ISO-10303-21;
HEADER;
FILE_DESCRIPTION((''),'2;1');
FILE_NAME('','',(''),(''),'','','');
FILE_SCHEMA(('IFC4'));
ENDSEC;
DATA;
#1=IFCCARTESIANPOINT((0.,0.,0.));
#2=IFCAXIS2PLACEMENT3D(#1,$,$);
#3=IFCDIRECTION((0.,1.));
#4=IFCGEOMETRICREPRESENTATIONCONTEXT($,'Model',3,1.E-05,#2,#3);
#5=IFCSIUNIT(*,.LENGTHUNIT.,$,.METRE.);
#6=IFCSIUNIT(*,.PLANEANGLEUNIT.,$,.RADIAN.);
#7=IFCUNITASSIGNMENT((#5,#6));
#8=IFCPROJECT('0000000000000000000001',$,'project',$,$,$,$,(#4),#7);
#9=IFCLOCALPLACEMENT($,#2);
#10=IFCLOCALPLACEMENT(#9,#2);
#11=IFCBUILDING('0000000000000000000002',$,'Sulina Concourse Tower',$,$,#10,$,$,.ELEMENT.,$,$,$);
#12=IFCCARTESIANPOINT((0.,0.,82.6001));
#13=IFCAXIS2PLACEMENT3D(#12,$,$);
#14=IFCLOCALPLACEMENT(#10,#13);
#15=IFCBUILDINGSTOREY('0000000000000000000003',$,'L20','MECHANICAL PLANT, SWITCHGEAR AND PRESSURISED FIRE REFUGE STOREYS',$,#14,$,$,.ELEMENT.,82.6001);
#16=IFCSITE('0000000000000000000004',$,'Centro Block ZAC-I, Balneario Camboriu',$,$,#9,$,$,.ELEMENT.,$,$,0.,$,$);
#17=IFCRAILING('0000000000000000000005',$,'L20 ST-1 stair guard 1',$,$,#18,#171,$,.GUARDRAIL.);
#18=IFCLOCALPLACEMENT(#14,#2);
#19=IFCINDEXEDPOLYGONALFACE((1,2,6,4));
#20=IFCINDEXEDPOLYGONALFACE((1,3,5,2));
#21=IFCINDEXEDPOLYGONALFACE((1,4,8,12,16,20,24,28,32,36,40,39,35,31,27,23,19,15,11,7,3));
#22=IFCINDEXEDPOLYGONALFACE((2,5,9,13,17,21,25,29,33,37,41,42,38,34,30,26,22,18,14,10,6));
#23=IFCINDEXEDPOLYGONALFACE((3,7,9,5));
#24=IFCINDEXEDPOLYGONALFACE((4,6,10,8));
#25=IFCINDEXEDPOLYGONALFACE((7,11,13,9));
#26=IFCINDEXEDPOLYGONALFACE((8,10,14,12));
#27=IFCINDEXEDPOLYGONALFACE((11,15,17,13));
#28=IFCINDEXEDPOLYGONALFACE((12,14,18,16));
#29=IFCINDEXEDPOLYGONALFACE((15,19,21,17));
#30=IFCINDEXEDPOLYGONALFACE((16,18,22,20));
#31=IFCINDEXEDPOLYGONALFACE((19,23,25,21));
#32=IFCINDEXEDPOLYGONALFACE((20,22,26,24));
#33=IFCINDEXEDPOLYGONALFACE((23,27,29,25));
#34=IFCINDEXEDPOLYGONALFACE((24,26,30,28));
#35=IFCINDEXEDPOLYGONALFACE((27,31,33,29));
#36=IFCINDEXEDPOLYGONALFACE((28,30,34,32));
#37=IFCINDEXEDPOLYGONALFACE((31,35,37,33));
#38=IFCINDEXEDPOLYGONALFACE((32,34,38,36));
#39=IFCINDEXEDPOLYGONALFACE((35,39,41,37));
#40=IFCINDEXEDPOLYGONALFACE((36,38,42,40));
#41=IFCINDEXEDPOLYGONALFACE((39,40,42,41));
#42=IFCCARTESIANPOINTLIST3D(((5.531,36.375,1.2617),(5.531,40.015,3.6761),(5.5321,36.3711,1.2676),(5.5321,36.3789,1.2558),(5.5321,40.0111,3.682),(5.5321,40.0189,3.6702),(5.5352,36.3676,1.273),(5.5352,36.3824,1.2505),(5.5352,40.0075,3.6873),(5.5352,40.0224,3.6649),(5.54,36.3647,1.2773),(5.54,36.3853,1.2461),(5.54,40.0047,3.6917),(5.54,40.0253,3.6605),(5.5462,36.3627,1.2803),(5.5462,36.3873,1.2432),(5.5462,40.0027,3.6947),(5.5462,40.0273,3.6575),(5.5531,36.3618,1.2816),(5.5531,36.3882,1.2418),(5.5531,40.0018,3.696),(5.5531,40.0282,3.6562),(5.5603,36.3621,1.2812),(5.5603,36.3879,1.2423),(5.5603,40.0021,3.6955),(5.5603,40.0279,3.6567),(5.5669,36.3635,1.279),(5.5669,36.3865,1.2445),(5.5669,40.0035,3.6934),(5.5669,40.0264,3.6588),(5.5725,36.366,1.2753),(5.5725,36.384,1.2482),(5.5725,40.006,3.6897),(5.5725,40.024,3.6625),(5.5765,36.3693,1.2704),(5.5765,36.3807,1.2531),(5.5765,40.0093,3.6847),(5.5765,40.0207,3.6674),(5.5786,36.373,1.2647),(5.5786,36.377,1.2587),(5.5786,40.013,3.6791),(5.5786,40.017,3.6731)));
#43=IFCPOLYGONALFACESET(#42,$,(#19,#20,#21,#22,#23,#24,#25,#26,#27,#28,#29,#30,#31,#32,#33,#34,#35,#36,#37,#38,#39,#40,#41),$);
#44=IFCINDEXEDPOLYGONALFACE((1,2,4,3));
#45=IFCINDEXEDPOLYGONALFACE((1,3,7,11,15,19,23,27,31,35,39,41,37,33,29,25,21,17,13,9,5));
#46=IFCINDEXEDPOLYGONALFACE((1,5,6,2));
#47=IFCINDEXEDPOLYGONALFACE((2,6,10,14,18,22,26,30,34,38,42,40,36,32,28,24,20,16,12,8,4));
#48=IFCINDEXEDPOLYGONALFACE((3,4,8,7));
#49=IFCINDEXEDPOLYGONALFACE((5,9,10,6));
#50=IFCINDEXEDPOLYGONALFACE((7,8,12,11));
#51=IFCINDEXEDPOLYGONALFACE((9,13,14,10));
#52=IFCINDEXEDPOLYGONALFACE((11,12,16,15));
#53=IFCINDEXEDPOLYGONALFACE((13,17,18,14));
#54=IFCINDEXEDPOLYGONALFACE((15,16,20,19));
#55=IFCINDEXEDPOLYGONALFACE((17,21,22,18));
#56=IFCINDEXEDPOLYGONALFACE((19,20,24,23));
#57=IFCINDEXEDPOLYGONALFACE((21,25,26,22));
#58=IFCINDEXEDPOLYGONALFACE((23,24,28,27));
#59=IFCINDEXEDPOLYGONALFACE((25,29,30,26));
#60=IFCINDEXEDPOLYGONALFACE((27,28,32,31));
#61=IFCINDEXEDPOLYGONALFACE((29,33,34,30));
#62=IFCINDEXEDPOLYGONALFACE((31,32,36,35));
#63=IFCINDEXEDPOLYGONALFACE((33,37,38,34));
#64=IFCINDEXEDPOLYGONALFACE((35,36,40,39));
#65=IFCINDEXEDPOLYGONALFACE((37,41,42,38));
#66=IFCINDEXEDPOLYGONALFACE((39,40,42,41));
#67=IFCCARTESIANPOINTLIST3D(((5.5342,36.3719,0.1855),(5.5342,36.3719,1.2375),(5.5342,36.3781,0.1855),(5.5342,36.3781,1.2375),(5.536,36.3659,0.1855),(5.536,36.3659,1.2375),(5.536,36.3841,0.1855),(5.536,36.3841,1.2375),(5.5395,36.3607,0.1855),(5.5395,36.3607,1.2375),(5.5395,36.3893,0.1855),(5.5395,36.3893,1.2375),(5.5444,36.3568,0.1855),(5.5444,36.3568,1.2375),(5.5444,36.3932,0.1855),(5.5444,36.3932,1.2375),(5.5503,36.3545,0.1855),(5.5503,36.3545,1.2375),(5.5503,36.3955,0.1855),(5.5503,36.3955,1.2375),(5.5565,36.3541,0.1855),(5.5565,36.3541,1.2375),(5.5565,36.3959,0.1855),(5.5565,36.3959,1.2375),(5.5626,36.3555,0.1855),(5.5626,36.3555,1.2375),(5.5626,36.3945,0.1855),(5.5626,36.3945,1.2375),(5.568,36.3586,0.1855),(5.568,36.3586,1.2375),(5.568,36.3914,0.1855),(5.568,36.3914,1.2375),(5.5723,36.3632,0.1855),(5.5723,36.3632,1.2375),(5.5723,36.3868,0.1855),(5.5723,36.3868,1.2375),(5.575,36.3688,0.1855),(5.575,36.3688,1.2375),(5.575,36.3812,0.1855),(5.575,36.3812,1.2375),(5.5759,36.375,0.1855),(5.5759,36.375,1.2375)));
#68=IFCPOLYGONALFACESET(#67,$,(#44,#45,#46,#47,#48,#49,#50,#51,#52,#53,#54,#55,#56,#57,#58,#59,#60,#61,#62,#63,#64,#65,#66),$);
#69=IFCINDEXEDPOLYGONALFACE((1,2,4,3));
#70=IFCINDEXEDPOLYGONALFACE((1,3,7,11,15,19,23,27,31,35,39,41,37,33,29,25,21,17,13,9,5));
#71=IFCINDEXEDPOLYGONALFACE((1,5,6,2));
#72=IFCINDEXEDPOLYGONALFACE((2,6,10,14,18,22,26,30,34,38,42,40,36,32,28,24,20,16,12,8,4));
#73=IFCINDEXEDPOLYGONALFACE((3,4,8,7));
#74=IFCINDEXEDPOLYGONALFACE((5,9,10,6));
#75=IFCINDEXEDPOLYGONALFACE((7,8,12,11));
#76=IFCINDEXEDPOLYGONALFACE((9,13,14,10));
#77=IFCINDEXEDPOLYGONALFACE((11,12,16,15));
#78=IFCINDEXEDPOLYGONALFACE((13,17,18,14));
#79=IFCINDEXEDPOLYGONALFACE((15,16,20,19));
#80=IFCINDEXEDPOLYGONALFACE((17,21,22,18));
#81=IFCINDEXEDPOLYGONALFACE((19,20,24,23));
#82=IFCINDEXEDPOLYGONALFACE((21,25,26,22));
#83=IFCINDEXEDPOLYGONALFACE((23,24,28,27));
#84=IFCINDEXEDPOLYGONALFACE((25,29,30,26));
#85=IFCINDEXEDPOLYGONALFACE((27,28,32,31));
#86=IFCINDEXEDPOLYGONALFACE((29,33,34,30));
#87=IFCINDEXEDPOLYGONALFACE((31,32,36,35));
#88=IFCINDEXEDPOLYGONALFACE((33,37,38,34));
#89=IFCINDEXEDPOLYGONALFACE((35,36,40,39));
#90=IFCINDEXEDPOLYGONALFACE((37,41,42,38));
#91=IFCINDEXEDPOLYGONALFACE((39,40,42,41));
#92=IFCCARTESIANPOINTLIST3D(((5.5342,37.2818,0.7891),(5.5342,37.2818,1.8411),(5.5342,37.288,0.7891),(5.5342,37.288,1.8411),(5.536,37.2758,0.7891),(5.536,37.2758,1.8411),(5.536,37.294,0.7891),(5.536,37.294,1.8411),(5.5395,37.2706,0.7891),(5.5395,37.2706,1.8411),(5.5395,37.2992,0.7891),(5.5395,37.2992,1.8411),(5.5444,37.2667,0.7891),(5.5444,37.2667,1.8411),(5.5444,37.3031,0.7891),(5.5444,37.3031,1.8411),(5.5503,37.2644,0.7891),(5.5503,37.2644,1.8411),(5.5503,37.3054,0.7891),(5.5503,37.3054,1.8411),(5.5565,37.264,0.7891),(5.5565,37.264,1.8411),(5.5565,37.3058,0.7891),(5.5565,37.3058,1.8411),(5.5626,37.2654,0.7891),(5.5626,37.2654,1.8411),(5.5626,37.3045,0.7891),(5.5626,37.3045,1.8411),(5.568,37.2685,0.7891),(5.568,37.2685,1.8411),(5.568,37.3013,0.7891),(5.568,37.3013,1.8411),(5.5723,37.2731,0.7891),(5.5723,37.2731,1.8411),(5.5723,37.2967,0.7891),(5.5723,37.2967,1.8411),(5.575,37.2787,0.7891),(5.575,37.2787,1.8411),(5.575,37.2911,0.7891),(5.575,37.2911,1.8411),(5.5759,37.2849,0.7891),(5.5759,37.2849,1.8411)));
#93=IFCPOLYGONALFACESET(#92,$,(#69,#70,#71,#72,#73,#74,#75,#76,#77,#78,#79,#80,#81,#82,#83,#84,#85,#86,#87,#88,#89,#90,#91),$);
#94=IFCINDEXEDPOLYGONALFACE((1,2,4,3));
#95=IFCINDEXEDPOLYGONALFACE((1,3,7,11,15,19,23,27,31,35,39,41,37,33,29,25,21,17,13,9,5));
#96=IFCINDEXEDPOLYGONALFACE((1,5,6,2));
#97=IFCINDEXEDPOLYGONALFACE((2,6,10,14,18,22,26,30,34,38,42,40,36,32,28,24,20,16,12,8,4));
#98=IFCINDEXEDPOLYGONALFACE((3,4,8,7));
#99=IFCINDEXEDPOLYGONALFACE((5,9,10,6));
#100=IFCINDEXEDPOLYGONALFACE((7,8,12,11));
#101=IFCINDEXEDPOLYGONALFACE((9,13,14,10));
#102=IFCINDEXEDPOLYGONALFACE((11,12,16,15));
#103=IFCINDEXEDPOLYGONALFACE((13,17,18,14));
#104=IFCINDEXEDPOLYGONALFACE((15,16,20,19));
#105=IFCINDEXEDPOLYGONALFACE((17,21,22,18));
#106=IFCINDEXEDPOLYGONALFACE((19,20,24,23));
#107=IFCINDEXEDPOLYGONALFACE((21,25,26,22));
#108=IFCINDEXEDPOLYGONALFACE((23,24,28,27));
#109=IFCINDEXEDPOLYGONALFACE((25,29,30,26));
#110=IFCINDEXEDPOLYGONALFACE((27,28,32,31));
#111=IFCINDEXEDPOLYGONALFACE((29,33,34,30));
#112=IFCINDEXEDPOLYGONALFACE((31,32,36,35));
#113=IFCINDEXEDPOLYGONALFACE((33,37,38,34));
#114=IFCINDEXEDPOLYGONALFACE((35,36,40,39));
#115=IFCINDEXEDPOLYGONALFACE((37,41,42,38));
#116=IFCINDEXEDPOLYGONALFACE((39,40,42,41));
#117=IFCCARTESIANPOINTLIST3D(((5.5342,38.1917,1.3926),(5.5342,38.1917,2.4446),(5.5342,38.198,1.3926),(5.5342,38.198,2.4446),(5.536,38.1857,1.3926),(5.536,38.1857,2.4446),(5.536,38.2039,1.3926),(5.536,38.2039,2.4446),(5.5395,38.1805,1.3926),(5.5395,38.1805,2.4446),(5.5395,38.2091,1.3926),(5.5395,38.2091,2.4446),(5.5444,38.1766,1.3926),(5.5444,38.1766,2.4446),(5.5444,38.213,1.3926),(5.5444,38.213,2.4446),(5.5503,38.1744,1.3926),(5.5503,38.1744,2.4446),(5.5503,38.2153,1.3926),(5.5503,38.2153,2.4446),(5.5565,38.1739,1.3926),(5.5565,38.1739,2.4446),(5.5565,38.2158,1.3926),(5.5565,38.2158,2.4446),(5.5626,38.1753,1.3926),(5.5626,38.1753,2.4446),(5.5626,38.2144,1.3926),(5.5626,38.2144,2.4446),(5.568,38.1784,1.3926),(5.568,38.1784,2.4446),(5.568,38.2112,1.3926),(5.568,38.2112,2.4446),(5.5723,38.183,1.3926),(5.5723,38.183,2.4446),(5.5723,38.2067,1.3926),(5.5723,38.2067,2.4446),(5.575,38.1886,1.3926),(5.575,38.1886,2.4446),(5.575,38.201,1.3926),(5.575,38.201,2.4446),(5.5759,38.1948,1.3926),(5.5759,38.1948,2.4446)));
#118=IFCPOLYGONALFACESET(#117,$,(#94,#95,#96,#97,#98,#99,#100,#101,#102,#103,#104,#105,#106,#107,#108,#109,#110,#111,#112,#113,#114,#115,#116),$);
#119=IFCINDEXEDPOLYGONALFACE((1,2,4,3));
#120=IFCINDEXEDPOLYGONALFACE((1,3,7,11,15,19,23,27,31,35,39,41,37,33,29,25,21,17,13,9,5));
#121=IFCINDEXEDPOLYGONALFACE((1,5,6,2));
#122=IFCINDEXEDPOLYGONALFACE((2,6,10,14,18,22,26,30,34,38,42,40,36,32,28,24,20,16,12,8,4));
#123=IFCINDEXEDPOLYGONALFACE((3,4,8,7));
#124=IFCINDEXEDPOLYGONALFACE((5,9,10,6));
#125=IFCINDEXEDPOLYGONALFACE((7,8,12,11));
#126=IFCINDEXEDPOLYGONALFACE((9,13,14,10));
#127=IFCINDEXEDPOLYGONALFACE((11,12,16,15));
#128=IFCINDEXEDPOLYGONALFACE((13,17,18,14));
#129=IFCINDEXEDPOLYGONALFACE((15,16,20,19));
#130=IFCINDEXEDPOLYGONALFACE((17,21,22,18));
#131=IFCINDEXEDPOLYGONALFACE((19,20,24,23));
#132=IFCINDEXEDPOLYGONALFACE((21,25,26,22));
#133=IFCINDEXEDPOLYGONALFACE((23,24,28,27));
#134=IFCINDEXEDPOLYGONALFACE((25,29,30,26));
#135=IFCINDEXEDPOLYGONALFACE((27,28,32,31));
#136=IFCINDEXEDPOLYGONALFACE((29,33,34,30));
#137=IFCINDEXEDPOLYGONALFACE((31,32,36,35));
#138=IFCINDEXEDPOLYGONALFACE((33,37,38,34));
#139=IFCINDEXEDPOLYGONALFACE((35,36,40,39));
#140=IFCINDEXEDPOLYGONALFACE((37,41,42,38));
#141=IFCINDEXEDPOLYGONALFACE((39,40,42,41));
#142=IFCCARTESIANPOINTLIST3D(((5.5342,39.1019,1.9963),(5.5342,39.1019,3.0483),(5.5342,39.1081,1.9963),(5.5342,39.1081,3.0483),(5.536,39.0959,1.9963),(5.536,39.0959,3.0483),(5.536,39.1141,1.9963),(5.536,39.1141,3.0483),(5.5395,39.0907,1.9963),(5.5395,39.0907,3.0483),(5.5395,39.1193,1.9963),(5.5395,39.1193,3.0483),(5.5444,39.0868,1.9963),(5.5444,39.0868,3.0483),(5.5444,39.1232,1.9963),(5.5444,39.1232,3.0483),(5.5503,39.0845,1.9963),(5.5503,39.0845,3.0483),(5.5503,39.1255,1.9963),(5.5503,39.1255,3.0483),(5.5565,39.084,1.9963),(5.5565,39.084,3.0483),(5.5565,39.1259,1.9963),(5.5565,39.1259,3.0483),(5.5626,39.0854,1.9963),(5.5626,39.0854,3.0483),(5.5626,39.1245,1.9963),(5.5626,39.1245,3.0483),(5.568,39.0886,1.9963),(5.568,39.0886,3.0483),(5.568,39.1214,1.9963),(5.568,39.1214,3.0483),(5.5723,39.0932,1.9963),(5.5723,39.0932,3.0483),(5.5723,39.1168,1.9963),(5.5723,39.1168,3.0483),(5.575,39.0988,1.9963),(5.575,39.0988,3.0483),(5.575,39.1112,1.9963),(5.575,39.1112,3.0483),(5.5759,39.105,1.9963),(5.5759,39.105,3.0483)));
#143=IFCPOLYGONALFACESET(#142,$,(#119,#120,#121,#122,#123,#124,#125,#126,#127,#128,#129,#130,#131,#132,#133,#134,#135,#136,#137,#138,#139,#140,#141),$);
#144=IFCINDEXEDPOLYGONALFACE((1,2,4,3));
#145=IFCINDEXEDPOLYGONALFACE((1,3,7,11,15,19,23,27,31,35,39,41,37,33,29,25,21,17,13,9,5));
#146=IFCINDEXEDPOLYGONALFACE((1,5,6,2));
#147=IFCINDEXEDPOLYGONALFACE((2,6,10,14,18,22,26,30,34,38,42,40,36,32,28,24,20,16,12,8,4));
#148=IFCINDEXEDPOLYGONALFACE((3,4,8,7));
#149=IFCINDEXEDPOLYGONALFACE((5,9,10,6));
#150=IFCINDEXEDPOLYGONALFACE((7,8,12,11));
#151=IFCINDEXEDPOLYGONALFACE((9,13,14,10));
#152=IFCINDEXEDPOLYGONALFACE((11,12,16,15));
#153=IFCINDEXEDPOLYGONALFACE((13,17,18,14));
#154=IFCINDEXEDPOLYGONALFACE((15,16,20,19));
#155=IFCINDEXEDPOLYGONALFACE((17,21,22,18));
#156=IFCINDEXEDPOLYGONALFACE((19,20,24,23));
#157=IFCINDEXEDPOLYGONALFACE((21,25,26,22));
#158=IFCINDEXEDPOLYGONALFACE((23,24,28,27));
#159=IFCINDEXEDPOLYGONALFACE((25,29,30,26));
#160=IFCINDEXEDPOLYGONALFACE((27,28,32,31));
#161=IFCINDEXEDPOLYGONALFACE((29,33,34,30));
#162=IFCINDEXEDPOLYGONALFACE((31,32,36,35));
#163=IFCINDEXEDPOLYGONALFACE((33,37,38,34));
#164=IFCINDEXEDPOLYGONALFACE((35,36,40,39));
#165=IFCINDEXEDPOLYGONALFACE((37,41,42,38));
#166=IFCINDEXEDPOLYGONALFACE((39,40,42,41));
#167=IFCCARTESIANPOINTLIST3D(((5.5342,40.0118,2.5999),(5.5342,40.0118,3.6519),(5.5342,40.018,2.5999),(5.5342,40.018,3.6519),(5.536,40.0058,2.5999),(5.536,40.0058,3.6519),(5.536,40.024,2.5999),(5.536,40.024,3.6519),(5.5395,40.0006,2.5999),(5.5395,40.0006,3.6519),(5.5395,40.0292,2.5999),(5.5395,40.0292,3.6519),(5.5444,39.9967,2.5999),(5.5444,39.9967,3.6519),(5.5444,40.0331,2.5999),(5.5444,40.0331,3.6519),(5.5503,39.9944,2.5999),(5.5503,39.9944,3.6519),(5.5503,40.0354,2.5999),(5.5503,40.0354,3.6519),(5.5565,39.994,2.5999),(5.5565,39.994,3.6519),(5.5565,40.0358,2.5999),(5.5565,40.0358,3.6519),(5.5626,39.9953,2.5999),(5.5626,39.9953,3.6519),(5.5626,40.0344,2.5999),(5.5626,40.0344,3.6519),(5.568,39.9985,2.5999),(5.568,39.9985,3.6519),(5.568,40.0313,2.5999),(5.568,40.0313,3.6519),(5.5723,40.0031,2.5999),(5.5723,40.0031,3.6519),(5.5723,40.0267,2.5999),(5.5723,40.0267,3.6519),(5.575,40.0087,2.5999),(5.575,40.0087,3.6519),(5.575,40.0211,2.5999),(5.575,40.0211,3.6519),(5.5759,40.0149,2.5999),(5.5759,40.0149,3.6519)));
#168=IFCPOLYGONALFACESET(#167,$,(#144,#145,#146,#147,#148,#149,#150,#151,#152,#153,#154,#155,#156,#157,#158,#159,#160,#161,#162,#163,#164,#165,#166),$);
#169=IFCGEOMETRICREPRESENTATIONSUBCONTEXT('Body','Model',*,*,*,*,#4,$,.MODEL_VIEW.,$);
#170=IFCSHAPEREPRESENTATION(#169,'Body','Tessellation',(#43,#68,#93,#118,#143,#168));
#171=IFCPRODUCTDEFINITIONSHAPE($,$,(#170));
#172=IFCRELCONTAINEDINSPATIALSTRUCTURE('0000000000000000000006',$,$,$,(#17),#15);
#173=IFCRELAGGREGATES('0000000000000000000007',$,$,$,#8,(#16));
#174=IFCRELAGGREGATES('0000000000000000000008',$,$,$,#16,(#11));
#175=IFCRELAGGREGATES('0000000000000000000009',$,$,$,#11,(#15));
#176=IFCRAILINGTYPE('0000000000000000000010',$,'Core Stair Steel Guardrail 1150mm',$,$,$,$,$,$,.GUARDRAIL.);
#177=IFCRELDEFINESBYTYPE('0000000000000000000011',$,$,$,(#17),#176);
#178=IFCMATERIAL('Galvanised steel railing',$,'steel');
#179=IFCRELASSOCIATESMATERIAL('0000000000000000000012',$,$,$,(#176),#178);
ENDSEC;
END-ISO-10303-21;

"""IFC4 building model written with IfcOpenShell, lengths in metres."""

from ifc_helpers import new_model, si_unit, direction, frame, origin, origin_2d, place, context, subcontext, project, spatial, circle, extrude, material, type_object, element, save


model = new_model("IFC4")

# Units and contexts
model_context = context("Model", 3, precision=1e-05, world=origin(), true_north=direction((0.0, 1.0)))
body_context = subcontext(model_context, "Body", "Model", "MODEL_VIEW")
ifc_project = project(units=[si_unit("LENGTHUNIT", "METRE"), si_unit("PLANEANGLEUNIT", "RADIAN")], contexts=[model_context])

# Site, building, storey
site_placement = place(None, origin())
site = spatial("IfcSite", under=ifc_project, at=site_placement, Name="Centro Block ZAC-I, Balneario Camboriu", CompositionType="ELEMENT", RefElevation=0.0)
building_placement = place(site_placement, origin())
building = spatial("IfcBuilding", under=site, at=building_placement, Name="Sulina Concourse Tower", CompositionType="ELEMENT")
storey_placement = place(building_placement, frame((0.0, 0.0, 82.6001)))
storey = spatial("IfcBuildingStorey", under=building, at=storey_placement, Name="L20", Description="MECHANICAL PLANT, SWITCHGEAR AND PRESSURISED FIRE REFUGE STOREYS", CompositionType="ELEMENT", Elevation=82.6001)

# Railing
ifc_material_1 = material(Name="Galvanised steel railing", Category="steel")
railing_type = type_object("IfcRailingType", Name="Core Stair Steel Guardrail 1150mm", PredefinedType="GUARDRAIL", material=ifc_material_1)
railing_1_placement = place(storey_placement, frame((5.5549, 36.375, 0.1855)))
element("IfcRailing", 1, at=railing_1_placement, inside=storey, type_object=railing_type, Name="L20 ST-1 stair guard 1", PredefinedType="GUARDRAIL", context=body_context, shape_type="SweptSolid", body=[
    extrude(circle(Radius=0.0239, at=origin_2d()), frame((0.0, 0.0, 1.0762), z_axis=(0.0, 0.833347, 0.552751), x_axis=(-1.0, 0.0, 0.0)), (0.0, 0.0, 1.0), 4.3679),
    extrude(circle(Radius=0.021, at=origin_2d()), origin(), (0.0, 0.0, 1.0), 1.052),
    extrude(circle(Radius=0.021, at=origin_2d()), frame((0.0, 0.9099, 0.6035)), (0.0, 0.0, 1.0), 1.052),
    extrude(circle(Radius=0.021, at=origin_2d()), frame((0.0, 1.8198, 1.207)), (0.0, 0.0, 1.0), 1.052),
    extrude(circle(Radius=0.021, at=origin_2d()), frame((0.0, 2.73, 1.8108)), (0.0, 0.0, 1.0), 1.052),
    extrude(circle(Radius=0.021, at=origin_2d()), frame((0.0, 3.6399, 2.4143)), (0.0, 0.0, 1.0), 1.052),
])

save(model, "model.ifc")
